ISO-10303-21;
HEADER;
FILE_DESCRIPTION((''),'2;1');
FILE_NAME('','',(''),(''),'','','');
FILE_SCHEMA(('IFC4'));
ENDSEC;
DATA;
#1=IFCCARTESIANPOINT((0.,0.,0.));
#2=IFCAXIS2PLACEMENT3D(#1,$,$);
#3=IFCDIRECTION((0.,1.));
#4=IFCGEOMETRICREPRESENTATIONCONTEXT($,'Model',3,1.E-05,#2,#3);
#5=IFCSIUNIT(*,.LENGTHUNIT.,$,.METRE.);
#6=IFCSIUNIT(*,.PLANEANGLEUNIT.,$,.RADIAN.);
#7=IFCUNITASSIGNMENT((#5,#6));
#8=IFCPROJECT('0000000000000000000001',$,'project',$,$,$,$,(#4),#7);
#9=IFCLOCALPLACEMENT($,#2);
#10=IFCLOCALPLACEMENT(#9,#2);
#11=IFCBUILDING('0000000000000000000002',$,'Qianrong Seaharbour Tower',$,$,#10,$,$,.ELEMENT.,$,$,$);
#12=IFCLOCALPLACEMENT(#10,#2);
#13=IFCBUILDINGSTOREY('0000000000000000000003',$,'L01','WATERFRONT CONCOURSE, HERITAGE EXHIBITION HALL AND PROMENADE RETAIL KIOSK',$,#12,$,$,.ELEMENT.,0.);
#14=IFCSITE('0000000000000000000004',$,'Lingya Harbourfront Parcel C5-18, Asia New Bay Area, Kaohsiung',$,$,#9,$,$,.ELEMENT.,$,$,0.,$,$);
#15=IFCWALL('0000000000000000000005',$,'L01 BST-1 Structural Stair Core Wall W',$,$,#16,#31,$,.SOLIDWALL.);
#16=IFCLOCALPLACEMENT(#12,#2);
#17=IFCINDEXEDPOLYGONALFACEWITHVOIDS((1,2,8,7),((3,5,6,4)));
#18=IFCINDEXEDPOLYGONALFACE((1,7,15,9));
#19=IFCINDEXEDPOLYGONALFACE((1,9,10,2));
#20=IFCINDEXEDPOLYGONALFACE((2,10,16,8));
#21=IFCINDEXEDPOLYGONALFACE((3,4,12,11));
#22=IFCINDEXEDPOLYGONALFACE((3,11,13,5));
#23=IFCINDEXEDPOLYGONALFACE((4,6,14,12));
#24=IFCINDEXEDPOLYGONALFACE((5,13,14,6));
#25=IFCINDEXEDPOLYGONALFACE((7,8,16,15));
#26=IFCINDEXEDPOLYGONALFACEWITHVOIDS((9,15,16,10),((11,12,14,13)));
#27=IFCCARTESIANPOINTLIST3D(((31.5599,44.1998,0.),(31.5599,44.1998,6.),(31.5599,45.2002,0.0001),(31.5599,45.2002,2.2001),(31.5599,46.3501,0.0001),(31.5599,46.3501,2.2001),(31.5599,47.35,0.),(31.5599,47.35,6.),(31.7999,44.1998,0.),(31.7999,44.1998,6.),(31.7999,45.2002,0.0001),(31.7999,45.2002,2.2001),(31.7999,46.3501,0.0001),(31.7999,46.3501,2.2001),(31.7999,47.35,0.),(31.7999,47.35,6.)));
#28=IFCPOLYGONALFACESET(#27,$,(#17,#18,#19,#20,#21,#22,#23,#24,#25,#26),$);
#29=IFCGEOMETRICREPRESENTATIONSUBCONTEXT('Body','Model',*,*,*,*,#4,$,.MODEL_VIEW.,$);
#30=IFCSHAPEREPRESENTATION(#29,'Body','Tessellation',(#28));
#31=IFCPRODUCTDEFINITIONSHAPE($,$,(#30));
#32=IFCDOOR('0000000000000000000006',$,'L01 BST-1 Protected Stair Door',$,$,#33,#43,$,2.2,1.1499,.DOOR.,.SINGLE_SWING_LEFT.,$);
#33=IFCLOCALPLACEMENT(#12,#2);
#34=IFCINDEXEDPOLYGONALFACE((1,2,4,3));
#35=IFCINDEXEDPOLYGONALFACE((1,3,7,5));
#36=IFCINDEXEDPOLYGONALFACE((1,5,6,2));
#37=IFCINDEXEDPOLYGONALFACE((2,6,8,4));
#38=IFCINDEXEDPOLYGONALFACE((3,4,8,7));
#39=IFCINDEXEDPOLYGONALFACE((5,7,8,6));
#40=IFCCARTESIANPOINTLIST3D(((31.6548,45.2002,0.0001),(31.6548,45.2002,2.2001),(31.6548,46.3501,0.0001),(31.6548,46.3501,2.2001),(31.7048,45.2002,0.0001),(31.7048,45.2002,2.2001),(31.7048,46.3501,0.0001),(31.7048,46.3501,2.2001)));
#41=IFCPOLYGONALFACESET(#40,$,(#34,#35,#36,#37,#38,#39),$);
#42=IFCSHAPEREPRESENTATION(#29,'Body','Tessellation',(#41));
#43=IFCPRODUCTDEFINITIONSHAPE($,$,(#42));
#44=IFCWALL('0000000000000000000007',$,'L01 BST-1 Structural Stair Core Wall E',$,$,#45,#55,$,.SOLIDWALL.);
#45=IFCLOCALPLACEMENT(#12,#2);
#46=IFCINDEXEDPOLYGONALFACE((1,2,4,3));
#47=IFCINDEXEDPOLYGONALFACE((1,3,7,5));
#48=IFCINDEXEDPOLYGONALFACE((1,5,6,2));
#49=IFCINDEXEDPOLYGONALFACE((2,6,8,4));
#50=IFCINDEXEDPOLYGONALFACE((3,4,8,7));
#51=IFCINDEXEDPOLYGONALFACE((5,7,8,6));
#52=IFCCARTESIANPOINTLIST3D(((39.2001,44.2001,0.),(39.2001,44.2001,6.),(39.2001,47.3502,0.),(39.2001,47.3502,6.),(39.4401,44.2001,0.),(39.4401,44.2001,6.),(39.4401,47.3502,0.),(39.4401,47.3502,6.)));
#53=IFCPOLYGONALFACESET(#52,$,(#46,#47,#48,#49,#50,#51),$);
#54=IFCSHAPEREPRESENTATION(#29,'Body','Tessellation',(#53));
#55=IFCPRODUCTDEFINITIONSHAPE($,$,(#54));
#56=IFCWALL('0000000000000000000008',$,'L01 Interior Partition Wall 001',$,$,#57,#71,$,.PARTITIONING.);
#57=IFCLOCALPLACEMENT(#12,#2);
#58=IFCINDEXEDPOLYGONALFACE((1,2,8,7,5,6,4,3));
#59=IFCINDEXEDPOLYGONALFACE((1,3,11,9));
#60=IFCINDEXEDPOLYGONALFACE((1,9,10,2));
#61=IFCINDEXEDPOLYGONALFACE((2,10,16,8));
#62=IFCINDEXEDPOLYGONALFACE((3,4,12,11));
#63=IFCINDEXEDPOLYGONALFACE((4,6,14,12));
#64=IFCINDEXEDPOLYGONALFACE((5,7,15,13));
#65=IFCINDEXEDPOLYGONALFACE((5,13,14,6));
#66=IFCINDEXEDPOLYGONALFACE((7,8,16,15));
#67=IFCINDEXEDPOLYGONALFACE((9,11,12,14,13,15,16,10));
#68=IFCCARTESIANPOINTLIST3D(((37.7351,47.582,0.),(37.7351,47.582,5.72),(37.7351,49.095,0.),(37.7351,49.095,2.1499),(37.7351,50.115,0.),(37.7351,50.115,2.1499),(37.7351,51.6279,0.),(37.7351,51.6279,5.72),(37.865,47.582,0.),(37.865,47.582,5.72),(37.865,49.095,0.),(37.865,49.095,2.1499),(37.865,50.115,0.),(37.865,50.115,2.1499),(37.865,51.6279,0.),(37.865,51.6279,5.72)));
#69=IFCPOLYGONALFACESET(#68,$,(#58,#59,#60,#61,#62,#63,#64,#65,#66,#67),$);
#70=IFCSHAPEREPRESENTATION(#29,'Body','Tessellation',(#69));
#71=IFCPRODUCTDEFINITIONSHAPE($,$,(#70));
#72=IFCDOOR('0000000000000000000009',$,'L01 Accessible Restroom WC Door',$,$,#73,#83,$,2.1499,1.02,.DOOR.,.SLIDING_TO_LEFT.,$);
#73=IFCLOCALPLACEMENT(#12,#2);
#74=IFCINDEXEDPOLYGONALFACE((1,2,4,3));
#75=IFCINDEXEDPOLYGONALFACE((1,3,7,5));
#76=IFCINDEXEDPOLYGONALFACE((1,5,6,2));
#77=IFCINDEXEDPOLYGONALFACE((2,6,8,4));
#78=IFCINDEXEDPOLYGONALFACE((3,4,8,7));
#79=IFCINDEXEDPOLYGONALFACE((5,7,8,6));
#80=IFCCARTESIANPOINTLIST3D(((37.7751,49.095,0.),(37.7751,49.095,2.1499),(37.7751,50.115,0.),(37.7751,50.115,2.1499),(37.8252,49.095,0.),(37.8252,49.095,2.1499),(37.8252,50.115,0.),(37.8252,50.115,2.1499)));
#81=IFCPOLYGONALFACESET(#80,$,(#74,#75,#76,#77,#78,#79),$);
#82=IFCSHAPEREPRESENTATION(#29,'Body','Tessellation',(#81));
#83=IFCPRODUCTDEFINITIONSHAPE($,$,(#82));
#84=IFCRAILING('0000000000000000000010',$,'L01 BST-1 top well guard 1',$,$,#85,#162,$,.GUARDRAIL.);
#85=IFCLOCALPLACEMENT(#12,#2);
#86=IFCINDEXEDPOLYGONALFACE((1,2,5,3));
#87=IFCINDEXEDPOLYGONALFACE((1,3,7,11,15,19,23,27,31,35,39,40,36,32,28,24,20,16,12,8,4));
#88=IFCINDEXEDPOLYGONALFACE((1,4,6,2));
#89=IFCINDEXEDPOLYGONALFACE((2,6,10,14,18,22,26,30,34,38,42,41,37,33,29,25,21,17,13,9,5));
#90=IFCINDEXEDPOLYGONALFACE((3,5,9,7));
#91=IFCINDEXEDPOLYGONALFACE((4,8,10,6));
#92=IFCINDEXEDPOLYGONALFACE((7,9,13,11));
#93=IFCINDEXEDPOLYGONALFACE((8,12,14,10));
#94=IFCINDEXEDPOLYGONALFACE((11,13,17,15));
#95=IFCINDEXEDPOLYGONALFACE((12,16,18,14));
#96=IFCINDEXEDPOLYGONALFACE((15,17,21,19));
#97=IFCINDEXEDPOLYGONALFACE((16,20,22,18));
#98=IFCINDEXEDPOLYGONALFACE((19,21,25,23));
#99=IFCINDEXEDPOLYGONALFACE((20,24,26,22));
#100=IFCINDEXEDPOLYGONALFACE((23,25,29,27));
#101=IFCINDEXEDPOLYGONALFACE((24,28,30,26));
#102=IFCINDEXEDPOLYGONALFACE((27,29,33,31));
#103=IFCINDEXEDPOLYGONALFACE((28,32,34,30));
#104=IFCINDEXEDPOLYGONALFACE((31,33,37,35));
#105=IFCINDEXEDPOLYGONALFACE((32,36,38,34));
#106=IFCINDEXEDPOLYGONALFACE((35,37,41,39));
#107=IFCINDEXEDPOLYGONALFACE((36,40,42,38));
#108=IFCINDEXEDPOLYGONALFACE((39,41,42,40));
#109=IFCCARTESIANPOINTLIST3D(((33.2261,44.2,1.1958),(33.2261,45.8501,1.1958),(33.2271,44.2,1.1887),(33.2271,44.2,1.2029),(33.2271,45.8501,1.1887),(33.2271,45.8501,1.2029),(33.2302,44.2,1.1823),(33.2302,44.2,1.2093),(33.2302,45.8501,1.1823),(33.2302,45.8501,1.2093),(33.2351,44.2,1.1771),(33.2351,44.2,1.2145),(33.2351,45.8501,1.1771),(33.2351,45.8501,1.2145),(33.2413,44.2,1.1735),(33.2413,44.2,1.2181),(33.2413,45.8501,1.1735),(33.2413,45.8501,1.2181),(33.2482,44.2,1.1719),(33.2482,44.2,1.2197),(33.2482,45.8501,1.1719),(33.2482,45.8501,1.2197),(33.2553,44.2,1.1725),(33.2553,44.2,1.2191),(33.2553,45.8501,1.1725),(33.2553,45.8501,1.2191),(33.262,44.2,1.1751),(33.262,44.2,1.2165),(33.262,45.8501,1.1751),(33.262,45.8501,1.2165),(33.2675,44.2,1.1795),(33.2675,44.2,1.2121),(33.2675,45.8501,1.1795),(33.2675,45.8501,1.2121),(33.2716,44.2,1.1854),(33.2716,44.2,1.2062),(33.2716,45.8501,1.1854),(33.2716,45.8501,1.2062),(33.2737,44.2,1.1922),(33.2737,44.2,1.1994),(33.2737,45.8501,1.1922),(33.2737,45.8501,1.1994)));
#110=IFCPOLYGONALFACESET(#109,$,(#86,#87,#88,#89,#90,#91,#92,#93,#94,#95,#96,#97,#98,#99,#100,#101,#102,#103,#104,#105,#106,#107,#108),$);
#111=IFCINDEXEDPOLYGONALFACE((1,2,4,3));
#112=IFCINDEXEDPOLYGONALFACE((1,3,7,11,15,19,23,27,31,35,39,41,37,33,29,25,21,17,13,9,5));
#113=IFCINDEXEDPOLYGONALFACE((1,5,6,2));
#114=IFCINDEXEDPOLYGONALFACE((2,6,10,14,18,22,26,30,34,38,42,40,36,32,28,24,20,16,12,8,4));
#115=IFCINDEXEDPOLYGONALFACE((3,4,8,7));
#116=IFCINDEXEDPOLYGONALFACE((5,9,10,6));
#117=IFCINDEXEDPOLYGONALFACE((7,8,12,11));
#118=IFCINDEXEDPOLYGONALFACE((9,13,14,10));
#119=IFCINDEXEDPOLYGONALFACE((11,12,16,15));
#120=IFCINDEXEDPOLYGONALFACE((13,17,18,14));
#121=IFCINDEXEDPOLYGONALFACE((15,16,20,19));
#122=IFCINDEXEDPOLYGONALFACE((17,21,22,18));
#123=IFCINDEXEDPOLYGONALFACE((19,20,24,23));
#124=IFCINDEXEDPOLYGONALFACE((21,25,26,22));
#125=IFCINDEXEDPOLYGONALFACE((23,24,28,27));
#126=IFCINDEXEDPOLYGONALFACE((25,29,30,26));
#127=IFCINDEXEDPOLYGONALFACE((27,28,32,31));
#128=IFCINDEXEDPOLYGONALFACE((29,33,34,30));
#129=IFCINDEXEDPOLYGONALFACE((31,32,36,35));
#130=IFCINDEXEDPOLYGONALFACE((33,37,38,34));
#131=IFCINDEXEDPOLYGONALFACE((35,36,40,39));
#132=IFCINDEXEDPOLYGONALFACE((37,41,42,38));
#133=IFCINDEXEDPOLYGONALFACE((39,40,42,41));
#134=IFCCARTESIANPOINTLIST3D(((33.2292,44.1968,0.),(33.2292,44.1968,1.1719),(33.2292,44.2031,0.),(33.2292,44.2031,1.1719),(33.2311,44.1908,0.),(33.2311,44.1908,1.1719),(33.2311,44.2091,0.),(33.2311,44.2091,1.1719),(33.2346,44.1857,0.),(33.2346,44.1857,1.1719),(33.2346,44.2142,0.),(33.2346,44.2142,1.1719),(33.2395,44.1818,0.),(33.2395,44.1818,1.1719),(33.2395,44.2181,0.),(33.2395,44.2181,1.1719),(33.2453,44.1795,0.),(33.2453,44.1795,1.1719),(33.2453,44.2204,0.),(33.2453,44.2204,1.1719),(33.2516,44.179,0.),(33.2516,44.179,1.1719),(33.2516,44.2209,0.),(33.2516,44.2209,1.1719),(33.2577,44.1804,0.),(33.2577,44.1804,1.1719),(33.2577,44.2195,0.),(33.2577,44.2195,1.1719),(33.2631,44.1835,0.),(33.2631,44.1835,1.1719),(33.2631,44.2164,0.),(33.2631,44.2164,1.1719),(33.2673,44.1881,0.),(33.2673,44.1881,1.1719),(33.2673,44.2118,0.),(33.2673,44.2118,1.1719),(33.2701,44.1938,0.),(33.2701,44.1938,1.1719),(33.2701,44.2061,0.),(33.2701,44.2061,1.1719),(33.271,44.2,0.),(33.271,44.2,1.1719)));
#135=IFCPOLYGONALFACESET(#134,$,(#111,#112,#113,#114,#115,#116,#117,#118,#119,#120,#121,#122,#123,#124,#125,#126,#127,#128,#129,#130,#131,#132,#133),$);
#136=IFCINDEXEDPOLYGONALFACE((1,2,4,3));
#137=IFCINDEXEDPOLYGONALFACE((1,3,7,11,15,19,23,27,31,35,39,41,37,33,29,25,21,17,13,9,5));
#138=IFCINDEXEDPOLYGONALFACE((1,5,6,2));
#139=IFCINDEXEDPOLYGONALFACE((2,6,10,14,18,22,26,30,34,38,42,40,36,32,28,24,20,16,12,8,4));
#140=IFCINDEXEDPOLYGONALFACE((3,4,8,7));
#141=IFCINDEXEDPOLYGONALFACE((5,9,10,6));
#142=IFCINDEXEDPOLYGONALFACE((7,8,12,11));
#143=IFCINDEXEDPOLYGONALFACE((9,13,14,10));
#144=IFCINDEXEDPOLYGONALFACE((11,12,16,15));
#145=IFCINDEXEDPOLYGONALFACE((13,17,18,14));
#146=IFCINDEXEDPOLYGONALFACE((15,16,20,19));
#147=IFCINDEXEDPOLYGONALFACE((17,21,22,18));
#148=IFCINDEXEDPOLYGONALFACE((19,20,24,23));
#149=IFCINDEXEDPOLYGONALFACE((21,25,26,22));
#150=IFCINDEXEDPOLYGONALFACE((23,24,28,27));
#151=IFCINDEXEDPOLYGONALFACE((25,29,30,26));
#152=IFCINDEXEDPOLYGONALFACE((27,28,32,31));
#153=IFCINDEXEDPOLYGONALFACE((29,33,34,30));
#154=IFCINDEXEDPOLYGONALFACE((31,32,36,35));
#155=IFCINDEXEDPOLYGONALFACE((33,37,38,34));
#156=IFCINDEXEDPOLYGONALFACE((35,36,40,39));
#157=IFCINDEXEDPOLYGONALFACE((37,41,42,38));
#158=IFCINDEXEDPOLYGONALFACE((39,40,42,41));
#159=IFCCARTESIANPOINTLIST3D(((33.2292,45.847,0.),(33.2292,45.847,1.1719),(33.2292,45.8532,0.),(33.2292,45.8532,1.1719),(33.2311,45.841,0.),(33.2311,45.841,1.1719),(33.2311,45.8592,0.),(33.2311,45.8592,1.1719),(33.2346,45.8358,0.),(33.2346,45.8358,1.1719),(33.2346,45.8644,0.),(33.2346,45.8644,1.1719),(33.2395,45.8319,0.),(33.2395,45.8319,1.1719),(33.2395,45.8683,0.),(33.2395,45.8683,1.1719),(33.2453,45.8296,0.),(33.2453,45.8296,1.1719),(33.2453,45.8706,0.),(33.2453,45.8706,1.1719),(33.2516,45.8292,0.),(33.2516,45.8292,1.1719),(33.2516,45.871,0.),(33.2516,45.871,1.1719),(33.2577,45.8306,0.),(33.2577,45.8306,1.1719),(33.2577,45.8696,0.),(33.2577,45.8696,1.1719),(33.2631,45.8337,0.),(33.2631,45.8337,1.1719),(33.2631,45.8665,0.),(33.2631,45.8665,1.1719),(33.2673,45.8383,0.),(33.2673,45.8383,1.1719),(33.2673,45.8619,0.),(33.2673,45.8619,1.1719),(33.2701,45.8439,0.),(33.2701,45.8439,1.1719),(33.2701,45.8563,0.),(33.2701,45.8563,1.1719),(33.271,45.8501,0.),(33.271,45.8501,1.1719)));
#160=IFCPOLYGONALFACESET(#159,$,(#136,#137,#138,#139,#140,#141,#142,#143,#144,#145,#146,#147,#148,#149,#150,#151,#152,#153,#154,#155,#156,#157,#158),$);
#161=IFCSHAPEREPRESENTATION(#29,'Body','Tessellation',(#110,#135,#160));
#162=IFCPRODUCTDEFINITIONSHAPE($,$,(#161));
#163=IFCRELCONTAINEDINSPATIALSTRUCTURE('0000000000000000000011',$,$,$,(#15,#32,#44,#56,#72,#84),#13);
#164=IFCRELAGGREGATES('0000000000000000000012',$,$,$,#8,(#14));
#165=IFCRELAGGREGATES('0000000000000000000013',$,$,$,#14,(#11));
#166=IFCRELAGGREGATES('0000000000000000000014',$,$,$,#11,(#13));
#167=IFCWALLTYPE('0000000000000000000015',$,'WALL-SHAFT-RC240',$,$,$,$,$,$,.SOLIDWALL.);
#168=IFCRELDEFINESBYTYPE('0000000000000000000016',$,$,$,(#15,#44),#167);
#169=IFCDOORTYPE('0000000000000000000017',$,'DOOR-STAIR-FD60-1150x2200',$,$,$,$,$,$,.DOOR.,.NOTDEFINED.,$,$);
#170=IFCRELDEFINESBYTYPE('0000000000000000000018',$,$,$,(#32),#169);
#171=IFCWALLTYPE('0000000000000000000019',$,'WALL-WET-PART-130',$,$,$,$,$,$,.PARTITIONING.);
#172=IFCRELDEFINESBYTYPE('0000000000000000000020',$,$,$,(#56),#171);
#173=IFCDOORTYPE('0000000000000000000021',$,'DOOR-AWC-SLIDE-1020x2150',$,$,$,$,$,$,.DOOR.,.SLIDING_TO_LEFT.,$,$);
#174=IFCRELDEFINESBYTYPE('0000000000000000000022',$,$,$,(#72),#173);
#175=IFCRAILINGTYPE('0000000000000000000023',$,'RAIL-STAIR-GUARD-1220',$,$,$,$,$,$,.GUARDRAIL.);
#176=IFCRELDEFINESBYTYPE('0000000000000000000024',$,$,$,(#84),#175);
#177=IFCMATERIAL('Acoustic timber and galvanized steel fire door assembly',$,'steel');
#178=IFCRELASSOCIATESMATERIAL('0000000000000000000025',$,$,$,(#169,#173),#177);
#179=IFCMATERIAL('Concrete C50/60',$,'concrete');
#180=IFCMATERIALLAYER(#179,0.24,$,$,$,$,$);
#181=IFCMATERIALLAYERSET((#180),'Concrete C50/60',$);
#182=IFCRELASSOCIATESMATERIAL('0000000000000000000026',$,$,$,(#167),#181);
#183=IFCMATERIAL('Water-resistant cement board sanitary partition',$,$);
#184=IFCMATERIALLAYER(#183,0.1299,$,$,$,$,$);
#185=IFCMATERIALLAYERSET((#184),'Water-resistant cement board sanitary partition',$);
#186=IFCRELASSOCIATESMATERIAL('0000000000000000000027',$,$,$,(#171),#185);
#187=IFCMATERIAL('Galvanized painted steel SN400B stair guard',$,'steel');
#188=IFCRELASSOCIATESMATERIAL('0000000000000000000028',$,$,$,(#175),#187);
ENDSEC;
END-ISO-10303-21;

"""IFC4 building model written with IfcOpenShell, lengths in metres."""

from ifc_helpers import new_model, si_unit, direction, frame, frame_2d, origin, origin_2d, place, context, subcontext, project, spatial, rectangle, circle, extrude, material, layer, layer_set, type_object, element, fill, save


model = new_model("IFC4")

# Units and contexts
model_context = context("Model", 3, precision=1e-05, world=origin(), true_north=direction((0.0, 1.0)))
body_context = subcontext(model_context, "Body", "Model", "MODEL_VIEW")
ifc_project = project(units=[si_unit("LENGTHUNIT", "METRE"), si_unit("PLANEANGLEUNIT", "RADIAN")], contexts=[model_context])

# Site, building, storey
site_placement = place(None, origin())
site = spatial("IfcSite", under=ifc_project, at=site_placement, Name="Lingya Harbourfront Parcel C5-18, Asia New Bay Area, Kaohsiung", CompositionType="ELEMENT", RefElevation=0.0)
building_placement = place(site_placement, origin())
building = spatial("IfcBuilding", under=site, at=building_placement, Name="Qianrong Seaharbour Tower", CompositionType="ELEMENT")
storey_placement = place(building_placement, origin())
storey = spatial("IfcBuildingStorey", under=building, at=storey_placement, Name="L01", Description="WATERFRONT CONCOURSE, HERITAGE EXHIBITION HALL AND PROMENADE RETAIL KIOSK", CompositionType="ELEMENT", Elevation=0.0)

# Shared definitions
ifc_material_1 = material(Name="Acoustic timber and galvanized steel fire door assembly", Category="steel")

# Shared definitions
door_type_1 = type_object("IfcDoorType", Name="DOOR-STAIR-FD60-1150x2200", OperationType="NOTDEFINED", PredefinedType="DOOR", material=ifc_material_1)

# Shared definitions
ifc_material_2 = material(Name="Concrete C50/60", Category="concrete")
ifc_layer_1 = layer(ifc_material_2, 0.24)
ifc_layer_set_1 = layer_set([ifc_layer_1], Name="Concrete C50/60")
wall_type_1 = type_object("IfcWallType", Name="WALL-SHAFT-RC240", PredefinedType="SOLIDWALL", material=ifc_layer_set_1)

# Wall, opening, door
wall_1_placement = place(storey_placement, frame((31.6799, 47.3501, 0.0), z_axis=(0.0, 0.0, 1.0), x_axis=(0.0, -1.0, 0.0)))
wall_1 = element("IfcWall", 1, at=wall_1_placement, inside=storey, type_object=wall_type_1, Name="L01 BST-1 Structural Stair Core Wall W", PredefinedType="SOLIDWALL", context=body_context, shape_type="SweptSolid", body=[
    extrude(rectangle(XDim=3.1501, YDim=0.24, at=frame_2d((1.5752, 0.0))), origin(), (0.0, 0.0, 1.0), 6.0),
])
opening_1_placement = place(wall_1_placement, frame((1.0, 0.0, 0.0)))
opening_1 = element("IfcOpeningElement", 2, at=opening_1_placement, cuts=wall_1, PredefinedType="OPENING", context=body_context, shape_type="SweptSolid", body=[
    extrude(rectangle(XDim=1.1499, YDim=2.2, at=frame_2d((0.575, 1.1001))), frame((0.0, 0.1299, 0.0), z_axis=(0.0, -1.0, 0.0), x_axis=(1.0, 0.0, 0.0)), (0.0, 0.0, 1.0), 0.26),
])
door_1_placement = place(opening_1_placement, origin())
door_1 = element("IfcDoor", 3, at=door_1_placement, inside=storey, type_object=door_type_1, Name="L01 BST-1 Protected Stair Door", OperationType="SINGLE_SWING_LEFT", OverallHeight=2.2, OverallWidth=1.1499, PredefinedType="DOOR", context=body_context, shape_type="SweptSolid", body=[
    extrude(rectangle(XDim=1.1499, YDim=2.2, at=frame_2d((0.575, 1.1001))), frame((0.0, 0.0249, 0.0), z_axis=(0.0, -1.0, 0.0), x_axis=(1.0, 0.0, 0.0)), (0.0, 0.0, 1.0), 0.05),
])
fill(opening_1, door_1)

# Wall
wall_2_placement = place(storey_placement, frame((39.3201, 44.2, 0.0), z_axis=(0.0, 0.0, 1.0), x_axis=(0.0, 1.0, 0.0)))
element("IfcWall", 4, at=wall_2_placement, inside=storey, type_object=wall_type_1, Name="L01 BST-1 Structural Stair Core Wall E", PredefinedType="SOLIDWALL", context=body_context, shape_type="SweptSolid", body=[
    extrude(rectangle(XDim=3.1501, YDim=0.24, at=frame_2d((1.5752, 0.0))), origin(), (0.0, 0.0, 1.0), 6.0),
])

# Wall, opening, door
ifc_material_3 = material(Name="Water-resistant cement board sanitary partition")
ifc_layer_2 = layer(ifc_material_3, 0.1299)
ifc_layer_set_2 = layer_set([ifc_layer_2], Name="Water-resistant cement board sanitary partition")
wall_type_2 = type_object("IfcWallType", Name="WALL-WET-PART-130", PredefinedType="PARTITIONING", material=ifc_layer_set_2)
wall_3_placement = place(storey_placement, frame((37.8, 47.582, 0.0), z_axis=(0.0, 0.0, 1.0), x_axis=(0.0, 1.0, 0.0)))
wall_3 = element("IfcWall", 5, at=wall_3_placement, inside=storey, type_object=wall_type_2, Name="L01 Interior Partition Wall 001", PredefinedType="PARTITIONING", context=body_context, shape_type="SweptSolid", body=[
    extrude(rectangle(XDim=4.0459, YDim=0.1299, at=frame_2d((2.0229, 0.0))), origin(), (0.0, 0.0, 1.0), 5.72),
])
opening_2_placement = place(wall_3_placement, frame((1.5129, 0.0, 0.0)))
opening_2 = element("IfcOpeningElement", 6, at=opening_2_placement, cuts=wall_3, PredefinedType="OPENING", context=body_context, shape_type="SweptSolid", body=[
    extrude(rectangle(XDim=1.02, YDim=2.1499, at=frame_2d((0.51, 1.075))), frame((0.0, 0.075, 0.0), z_axis=(0.0, -1.0, 0.0), x_axis=(1.0, 0.0, 0.0)), (0.0, 0.0, 1.0), 0.1499),
])
door_type_2 = type_object("IfcDoorType", Name="DOOR-AWC-SLIDE-1020x2150", OperationType="SLIDING_TO_LEFT", PredefinedType="DOOR", material=ifc_material_1)
door_2_placement = place(opening_2_placement, origin())
door_2 = element("IfcDoor", 7, at=door_2_placement, inside=storey, type_object=door_type_2, Name="L01 Accessible Restroom WC Door", OperationType="SLIDING_TO_LEFT", OverallHeight=2.1499, OverallWidth=1.02, PredefinedType="DOOR", context=body_context, shape_type="SweptSolid", body=[
    extrude(rectangle(XDim=1.02, YDim=2.1499, at=frame_2d((0.51, 1.075))), frame((0.0, 0.0249, 0.0), z_axis=(0.0, -1.0, 0.0), x_axis=(1.0, 0.0, 0.0)), (0.0, 0.0, 1.0), 0.05),
])
fill(opening_2, door_2)

# Railing
ifc_material_4 = material(Name="Galvanized painted steel SN400B stair guard", Category="steel")
railing_type = type_object("IfcRailingType", Name="RAIL-STAIR-GUARD-1220", PredefinedType="GUARDRAIL", material=ifc_material_4)
railing_placement = place(storey_placement, frame((33.25, 44.2, 0.0)))
element("IfcRailing", 8, at=railing_placement, inside=storey, type_object=railing_type, Name="L01 BST-1 top well guard 1", PredefinedType="GUARDRAIL", context=body_context, shape_type="SweptSolid", body=[
    extrude(circle(Radius=0.0239, at=origin_2d()), frame((0.0, 0.0, 1.1958), z_axis=(0.0, 1.0, 0.0), x_axis=(-1.0, 0.0, 0.0)), (0.0, 0.0, 1.0), 1.6501),
    extrude(circle(Radius=0.021, at=origin_2d()), origin(), (0.0, 0.0, 1.0), 1.1719),
    extrude(circle(Radius=0.021, at=origin_2d()), frame((0.0, 1.6501, 0.0)), (0.0, 0.0, 1.0), 1.1719),
])

save(model, "model.ifc")
